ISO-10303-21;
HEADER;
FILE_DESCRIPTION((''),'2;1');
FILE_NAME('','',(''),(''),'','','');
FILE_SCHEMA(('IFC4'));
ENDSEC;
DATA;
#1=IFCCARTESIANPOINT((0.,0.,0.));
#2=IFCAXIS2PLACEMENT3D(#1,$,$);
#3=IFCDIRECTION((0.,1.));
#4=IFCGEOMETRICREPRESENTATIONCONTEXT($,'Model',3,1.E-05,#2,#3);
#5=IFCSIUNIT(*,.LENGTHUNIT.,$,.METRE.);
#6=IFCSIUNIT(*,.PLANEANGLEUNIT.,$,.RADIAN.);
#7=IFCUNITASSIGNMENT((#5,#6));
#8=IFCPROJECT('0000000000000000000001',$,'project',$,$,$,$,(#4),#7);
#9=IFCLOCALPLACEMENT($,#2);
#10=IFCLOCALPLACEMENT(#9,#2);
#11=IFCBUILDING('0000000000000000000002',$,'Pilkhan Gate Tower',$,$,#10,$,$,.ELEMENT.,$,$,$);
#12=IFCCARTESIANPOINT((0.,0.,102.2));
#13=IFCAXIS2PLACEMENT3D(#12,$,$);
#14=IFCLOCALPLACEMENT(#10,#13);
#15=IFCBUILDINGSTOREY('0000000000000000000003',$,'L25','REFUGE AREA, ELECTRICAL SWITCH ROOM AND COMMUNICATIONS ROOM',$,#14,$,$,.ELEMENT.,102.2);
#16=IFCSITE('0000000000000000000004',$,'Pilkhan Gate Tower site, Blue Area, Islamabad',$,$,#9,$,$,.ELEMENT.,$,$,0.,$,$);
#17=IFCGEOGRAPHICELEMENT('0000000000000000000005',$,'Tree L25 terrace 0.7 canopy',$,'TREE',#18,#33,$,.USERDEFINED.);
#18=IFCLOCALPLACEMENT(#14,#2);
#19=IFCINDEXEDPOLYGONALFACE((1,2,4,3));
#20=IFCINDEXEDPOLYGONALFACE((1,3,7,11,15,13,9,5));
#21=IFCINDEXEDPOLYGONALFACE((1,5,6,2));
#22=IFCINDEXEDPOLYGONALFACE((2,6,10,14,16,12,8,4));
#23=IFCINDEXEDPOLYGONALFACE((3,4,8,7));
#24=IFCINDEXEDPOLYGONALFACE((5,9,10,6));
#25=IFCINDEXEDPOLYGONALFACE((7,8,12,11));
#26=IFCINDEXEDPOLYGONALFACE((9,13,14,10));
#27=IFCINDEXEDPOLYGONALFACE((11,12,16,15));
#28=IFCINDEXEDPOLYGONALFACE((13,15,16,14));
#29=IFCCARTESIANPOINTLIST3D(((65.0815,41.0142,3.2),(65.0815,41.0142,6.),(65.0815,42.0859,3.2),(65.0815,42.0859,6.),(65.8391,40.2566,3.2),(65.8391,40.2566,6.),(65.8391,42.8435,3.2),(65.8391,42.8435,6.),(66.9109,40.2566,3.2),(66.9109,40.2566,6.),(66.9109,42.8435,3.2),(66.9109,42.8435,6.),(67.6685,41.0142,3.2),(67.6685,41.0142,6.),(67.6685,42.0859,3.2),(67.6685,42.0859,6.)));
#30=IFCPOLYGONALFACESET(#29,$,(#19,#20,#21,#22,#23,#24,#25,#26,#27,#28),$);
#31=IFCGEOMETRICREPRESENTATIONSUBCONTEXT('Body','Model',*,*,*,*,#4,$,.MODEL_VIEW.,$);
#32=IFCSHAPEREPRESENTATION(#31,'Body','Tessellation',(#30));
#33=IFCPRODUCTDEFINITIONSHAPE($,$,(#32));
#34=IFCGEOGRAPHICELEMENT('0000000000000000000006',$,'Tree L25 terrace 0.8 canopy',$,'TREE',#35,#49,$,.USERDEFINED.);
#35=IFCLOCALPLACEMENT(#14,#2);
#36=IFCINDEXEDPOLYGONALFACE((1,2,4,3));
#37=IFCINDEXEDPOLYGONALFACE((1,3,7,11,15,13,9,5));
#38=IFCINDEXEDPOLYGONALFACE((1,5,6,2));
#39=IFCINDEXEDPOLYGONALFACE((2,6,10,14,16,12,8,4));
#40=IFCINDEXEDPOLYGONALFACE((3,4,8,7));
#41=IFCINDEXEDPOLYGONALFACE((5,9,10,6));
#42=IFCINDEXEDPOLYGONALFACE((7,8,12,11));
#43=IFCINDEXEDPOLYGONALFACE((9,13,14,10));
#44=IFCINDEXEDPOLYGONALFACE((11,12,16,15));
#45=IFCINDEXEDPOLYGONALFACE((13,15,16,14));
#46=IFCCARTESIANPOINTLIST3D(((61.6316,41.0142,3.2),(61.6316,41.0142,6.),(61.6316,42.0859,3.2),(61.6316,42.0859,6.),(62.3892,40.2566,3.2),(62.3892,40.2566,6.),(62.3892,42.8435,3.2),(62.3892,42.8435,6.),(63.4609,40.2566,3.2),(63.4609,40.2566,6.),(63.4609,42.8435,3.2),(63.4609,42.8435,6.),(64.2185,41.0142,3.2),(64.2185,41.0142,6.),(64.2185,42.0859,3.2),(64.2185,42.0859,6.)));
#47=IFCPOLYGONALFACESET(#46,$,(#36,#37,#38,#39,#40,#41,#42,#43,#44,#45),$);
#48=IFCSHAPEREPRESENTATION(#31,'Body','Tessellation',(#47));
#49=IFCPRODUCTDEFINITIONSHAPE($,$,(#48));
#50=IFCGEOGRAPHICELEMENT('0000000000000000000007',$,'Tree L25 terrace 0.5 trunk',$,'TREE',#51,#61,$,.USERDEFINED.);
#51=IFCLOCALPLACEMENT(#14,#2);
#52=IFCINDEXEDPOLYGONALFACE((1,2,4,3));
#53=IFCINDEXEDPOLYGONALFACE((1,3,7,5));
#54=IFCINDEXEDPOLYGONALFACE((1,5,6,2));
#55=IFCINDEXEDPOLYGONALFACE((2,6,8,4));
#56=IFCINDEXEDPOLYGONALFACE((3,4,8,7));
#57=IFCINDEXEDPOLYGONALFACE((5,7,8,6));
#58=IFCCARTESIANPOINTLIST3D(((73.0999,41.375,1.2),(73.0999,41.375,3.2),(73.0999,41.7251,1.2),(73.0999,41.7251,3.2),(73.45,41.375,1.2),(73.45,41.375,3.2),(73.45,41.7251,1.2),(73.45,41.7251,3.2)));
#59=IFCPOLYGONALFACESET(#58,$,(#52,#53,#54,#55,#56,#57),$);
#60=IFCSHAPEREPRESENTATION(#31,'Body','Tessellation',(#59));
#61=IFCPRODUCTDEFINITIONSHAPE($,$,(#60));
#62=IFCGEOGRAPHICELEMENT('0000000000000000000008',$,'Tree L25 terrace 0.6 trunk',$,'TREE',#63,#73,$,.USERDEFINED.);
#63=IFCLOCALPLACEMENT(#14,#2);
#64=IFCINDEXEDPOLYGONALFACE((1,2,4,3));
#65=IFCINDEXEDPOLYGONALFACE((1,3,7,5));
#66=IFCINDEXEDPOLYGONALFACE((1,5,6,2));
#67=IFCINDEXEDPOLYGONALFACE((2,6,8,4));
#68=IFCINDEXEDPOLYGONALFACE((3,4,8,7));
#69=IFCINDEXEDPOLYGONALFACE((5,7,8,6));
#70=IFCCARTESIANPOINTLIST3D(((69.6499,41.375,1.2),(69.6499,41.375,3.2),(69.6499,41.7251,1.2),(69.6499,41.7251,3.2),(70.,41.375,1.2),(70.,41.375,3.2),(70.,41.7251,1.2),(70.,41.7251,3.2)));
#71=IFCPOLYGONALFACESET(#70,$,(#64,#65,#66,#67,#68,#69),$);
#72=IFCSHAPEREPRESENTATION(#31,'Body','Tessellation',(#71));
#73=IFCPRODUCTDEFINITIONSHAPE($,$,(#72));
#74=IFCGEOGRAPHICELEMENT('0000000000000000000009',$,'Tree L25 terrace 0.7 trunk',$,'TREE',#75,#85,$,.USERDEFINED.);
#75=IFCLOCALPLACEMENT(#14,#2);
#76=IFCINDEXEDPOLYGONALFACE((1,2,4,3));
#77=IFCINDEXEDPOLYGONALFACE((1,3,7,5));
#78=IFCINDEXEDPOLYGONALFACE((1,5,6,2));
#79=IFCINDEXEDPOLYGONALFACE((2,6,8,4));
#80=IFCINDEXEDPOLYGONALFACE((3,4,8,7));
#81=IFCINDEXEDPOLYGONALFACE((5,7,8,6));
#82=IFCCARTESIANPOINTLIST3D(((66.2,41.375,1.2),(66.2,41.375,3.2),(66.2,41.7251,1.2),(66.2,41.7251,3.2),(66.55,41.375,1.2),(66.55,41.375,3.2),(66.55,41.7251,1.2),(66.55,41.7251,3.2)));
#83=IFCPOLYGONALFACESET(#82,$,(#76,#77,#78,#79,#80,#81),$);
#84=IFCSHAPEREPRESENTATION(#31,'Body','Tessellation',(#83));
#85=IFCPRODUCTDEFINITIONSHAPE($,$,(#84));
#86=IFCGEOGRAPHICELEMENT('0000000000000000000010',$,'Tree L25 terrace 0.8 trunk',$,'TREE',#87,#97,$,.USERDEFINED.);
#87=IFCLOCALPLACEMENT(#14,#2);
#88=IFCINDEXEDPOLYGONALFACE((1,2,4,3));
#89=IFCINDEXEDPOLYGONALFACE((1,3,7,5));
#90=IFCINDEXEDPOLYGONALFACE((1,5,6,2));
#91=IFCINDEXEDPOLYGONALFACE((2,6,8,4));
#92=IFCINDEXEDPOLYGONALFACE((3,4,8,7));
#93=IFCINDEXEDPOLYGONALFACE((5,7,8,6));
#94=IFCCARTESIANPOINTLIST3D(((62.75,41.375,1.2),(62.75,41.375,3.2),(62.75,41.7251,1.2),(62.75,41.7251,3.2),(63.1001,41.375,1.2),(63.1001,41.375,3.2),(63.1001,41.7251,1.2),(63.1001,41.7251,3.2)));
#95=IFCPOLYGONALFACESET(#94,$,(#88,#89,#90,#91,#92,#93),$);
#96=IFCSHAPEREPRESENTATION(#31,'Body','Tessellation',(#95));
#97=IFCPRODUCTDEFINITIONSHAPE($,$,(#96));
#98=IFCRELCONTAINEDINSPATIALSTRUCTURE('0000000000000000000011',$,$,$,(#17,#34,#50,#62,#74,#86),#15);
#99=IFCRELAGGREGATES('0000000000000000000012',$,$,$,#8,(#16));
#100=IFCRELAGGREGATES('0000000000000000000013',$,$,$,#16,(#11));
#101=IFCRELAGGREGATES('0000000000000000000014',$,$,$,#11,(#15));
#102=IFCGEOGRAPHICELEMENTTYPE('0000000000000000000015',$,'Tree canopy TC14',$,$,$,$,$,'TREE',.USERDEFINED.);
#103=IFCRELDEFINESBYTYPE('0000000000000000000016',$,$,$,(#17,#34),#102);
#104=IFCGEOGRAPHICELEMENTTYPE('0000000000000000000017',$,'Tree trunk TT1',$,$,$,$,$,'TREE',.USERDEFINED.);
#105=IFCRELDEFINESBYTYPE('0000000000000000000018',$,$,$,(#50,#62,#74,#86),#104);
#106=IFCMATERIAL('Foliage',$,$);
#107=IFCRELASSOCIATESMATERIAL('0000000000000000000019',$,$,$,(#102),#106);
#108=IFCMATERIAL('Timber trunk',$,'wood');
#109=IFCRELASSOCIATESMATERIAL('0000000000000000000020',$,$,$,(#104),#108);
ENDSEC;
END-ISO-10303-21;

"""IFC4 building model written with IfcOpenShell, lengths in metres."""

from ifc_helpers import new_model, si_unit, direction, frame, origin, origin_2d, place, context, subcontext, project, spatial, polyline, rectangle, outline, extrude, material, material_profile, profile_set, type_object, element, save


model = new_model("IFC4")

# Units and contexts
model_context = context("Model", 3, precision=1e-05, world=origin(), true_north=direction((0.0, 1.0)))
body_context = subcontext(model_context, "Body", "Model", "MODEL_VIEW")
ifc_project = project(units=[si_unit("LENGTHUNIT", "METRE"), si_unit("PLANEANGLEUNIT", "RADIAN")], contexts=[model_context])

# Site, building, storey
site_placement = place(None, origin())
site = spatial("IfcSite", under=ifc_project, at=site_placement, Name="Pilkhan Gate Tower site, Blue Area, Islamabad", CompositionType="ELEMENT", RefElevation=0.0)
building_placement = place(site_placement, origin())
building = spatial("IfcBuilding", under=site, at=building_placement, Name="Pilkhan Gate Tower", CompositionType="ELEMENT")
storey_placement = place(building_placement, frame((0.0, 0.0, 102.2)))
storey = spatial("IfcBuildingStorey", under=building, at=storey_placement, Name="L25", Description="REFUGE AREA, ELECTRICAL SWITCH ROOM AND COMMUNICATIONS ROOM", CompositionType="ELEMENT", Elevation=102.2)

# Geographic elements
ifc_material_1 = material(Name="Foliage")
ifc_material_profile_1 = material_profile(ifc_material_1, outline(polyline([(1.2935, 0.5359), (0.5359, 1.2935), (-0.5359, 1.2935), (-1.2935, 0.5359), (-1.2935, -0.5359), (-0.5359, -1.2935), (0.5359, -1.2935), (1.2935, -0.5359), (1.2935, 0.5359)])), Name="Canopy D2.8")
ifc_profile_set_1 = profile_set([ifc_material_profile_1], Name="Foliage")
geographic_element_type_1 = type_object("IfcGeographicElementType", Name="Tree canopy TC14", ElementType="TREE", PredefinedType="USERDEFINED", material=ifc_profile_set_1)
for number, where, z_axis, x_axis, name in (
    (1, (66.375, 41.55, 3.2), (0.0, 0.0, 1.0), (1.0, 0.0, 0.0), "Tree L25 terrace 0.7 canopy"),
    (2, (62.925, 41.55, 3.2), (0.0, 0.0, 1.0), (1.0, 0.0, 0.0), "Tree L25 terrace 0.8 canopy"),
):
    element("IfcGeographicElement", number, at=place(storey_placement, frame(where, z_axis=z_axis, x_axis=x_axis)), inside=storey, type_object=geographic_element_type_1, Name=name, ObjectType="TREE", PredefinedType="USERDEFINED", context=body_context, shape_type="SweptSolid", body=[
        extrude(outline(polyline([(1.2935, 0.5359), (0.5359, 1.2935), (-0.5359, 1.2935), (-1.2935, 0.5359), (-1.2935, -0.5359), (-0.5359, -1.2935), (0.5359, -1.2935), (1.2935, -0.5359), (1.2935, 0.5359)])), origin(), (0.0, 0.0, 1.0), 2.8),
    ])
ifc_material_2 = material(Name="Timber trunk", Category="wood")
geographic_element_type_2 = type_object("IfcGeographicElementType", Name="Tree trunk TT1", ElementType="TREE", PredefinedType="USERDEFINED", material=ifc_material_2)
for number, where, z_axis, x_axis, name in (
    (3, (73.2749, 41.55, 1.2), (0.0, 0.0, 1.0), (1.0, 0.0, 0.0), "Tree L25 terrace 0.5 trunk"),
    (4, (69.825, 41.55, 1.2), (0.0, 0.0, 1.0), (1.0, 0.0, 0.0), "Tree L25 terrace 0.6 trunk"),
    (5, (66.375, 41.55, 1.2), (0.0, 0.0, 1.0), (1.0, 0.0, 0.0), "Tree L25 terrace 0.7 trunk"),
    (6, (62.925, 41.55, 1.2), (0.0, 0.0, 1.0), (1.0, 0.0, 0.0), "Tree L25 terrace 0.8 trunk"),
):
    element("IfcGeographicElement", number, at=place(storey_placement, frame(where, z_axis=z_axis, x_axis=x_axis)), inside=storey, type_object=geographic_element_type_2, Name=name, ObjectType="TREE", PredefinedType="USERDEFINED", context=body_context, shape_type="SweptSolid", body=[
        extrude(rectangle(XDim=0.3501, YDim=0.3501, at=origin_2d()), origin(), (0.0, 0.0, 1.0), 2.0),
    ])

save(model, "model.ifc")
